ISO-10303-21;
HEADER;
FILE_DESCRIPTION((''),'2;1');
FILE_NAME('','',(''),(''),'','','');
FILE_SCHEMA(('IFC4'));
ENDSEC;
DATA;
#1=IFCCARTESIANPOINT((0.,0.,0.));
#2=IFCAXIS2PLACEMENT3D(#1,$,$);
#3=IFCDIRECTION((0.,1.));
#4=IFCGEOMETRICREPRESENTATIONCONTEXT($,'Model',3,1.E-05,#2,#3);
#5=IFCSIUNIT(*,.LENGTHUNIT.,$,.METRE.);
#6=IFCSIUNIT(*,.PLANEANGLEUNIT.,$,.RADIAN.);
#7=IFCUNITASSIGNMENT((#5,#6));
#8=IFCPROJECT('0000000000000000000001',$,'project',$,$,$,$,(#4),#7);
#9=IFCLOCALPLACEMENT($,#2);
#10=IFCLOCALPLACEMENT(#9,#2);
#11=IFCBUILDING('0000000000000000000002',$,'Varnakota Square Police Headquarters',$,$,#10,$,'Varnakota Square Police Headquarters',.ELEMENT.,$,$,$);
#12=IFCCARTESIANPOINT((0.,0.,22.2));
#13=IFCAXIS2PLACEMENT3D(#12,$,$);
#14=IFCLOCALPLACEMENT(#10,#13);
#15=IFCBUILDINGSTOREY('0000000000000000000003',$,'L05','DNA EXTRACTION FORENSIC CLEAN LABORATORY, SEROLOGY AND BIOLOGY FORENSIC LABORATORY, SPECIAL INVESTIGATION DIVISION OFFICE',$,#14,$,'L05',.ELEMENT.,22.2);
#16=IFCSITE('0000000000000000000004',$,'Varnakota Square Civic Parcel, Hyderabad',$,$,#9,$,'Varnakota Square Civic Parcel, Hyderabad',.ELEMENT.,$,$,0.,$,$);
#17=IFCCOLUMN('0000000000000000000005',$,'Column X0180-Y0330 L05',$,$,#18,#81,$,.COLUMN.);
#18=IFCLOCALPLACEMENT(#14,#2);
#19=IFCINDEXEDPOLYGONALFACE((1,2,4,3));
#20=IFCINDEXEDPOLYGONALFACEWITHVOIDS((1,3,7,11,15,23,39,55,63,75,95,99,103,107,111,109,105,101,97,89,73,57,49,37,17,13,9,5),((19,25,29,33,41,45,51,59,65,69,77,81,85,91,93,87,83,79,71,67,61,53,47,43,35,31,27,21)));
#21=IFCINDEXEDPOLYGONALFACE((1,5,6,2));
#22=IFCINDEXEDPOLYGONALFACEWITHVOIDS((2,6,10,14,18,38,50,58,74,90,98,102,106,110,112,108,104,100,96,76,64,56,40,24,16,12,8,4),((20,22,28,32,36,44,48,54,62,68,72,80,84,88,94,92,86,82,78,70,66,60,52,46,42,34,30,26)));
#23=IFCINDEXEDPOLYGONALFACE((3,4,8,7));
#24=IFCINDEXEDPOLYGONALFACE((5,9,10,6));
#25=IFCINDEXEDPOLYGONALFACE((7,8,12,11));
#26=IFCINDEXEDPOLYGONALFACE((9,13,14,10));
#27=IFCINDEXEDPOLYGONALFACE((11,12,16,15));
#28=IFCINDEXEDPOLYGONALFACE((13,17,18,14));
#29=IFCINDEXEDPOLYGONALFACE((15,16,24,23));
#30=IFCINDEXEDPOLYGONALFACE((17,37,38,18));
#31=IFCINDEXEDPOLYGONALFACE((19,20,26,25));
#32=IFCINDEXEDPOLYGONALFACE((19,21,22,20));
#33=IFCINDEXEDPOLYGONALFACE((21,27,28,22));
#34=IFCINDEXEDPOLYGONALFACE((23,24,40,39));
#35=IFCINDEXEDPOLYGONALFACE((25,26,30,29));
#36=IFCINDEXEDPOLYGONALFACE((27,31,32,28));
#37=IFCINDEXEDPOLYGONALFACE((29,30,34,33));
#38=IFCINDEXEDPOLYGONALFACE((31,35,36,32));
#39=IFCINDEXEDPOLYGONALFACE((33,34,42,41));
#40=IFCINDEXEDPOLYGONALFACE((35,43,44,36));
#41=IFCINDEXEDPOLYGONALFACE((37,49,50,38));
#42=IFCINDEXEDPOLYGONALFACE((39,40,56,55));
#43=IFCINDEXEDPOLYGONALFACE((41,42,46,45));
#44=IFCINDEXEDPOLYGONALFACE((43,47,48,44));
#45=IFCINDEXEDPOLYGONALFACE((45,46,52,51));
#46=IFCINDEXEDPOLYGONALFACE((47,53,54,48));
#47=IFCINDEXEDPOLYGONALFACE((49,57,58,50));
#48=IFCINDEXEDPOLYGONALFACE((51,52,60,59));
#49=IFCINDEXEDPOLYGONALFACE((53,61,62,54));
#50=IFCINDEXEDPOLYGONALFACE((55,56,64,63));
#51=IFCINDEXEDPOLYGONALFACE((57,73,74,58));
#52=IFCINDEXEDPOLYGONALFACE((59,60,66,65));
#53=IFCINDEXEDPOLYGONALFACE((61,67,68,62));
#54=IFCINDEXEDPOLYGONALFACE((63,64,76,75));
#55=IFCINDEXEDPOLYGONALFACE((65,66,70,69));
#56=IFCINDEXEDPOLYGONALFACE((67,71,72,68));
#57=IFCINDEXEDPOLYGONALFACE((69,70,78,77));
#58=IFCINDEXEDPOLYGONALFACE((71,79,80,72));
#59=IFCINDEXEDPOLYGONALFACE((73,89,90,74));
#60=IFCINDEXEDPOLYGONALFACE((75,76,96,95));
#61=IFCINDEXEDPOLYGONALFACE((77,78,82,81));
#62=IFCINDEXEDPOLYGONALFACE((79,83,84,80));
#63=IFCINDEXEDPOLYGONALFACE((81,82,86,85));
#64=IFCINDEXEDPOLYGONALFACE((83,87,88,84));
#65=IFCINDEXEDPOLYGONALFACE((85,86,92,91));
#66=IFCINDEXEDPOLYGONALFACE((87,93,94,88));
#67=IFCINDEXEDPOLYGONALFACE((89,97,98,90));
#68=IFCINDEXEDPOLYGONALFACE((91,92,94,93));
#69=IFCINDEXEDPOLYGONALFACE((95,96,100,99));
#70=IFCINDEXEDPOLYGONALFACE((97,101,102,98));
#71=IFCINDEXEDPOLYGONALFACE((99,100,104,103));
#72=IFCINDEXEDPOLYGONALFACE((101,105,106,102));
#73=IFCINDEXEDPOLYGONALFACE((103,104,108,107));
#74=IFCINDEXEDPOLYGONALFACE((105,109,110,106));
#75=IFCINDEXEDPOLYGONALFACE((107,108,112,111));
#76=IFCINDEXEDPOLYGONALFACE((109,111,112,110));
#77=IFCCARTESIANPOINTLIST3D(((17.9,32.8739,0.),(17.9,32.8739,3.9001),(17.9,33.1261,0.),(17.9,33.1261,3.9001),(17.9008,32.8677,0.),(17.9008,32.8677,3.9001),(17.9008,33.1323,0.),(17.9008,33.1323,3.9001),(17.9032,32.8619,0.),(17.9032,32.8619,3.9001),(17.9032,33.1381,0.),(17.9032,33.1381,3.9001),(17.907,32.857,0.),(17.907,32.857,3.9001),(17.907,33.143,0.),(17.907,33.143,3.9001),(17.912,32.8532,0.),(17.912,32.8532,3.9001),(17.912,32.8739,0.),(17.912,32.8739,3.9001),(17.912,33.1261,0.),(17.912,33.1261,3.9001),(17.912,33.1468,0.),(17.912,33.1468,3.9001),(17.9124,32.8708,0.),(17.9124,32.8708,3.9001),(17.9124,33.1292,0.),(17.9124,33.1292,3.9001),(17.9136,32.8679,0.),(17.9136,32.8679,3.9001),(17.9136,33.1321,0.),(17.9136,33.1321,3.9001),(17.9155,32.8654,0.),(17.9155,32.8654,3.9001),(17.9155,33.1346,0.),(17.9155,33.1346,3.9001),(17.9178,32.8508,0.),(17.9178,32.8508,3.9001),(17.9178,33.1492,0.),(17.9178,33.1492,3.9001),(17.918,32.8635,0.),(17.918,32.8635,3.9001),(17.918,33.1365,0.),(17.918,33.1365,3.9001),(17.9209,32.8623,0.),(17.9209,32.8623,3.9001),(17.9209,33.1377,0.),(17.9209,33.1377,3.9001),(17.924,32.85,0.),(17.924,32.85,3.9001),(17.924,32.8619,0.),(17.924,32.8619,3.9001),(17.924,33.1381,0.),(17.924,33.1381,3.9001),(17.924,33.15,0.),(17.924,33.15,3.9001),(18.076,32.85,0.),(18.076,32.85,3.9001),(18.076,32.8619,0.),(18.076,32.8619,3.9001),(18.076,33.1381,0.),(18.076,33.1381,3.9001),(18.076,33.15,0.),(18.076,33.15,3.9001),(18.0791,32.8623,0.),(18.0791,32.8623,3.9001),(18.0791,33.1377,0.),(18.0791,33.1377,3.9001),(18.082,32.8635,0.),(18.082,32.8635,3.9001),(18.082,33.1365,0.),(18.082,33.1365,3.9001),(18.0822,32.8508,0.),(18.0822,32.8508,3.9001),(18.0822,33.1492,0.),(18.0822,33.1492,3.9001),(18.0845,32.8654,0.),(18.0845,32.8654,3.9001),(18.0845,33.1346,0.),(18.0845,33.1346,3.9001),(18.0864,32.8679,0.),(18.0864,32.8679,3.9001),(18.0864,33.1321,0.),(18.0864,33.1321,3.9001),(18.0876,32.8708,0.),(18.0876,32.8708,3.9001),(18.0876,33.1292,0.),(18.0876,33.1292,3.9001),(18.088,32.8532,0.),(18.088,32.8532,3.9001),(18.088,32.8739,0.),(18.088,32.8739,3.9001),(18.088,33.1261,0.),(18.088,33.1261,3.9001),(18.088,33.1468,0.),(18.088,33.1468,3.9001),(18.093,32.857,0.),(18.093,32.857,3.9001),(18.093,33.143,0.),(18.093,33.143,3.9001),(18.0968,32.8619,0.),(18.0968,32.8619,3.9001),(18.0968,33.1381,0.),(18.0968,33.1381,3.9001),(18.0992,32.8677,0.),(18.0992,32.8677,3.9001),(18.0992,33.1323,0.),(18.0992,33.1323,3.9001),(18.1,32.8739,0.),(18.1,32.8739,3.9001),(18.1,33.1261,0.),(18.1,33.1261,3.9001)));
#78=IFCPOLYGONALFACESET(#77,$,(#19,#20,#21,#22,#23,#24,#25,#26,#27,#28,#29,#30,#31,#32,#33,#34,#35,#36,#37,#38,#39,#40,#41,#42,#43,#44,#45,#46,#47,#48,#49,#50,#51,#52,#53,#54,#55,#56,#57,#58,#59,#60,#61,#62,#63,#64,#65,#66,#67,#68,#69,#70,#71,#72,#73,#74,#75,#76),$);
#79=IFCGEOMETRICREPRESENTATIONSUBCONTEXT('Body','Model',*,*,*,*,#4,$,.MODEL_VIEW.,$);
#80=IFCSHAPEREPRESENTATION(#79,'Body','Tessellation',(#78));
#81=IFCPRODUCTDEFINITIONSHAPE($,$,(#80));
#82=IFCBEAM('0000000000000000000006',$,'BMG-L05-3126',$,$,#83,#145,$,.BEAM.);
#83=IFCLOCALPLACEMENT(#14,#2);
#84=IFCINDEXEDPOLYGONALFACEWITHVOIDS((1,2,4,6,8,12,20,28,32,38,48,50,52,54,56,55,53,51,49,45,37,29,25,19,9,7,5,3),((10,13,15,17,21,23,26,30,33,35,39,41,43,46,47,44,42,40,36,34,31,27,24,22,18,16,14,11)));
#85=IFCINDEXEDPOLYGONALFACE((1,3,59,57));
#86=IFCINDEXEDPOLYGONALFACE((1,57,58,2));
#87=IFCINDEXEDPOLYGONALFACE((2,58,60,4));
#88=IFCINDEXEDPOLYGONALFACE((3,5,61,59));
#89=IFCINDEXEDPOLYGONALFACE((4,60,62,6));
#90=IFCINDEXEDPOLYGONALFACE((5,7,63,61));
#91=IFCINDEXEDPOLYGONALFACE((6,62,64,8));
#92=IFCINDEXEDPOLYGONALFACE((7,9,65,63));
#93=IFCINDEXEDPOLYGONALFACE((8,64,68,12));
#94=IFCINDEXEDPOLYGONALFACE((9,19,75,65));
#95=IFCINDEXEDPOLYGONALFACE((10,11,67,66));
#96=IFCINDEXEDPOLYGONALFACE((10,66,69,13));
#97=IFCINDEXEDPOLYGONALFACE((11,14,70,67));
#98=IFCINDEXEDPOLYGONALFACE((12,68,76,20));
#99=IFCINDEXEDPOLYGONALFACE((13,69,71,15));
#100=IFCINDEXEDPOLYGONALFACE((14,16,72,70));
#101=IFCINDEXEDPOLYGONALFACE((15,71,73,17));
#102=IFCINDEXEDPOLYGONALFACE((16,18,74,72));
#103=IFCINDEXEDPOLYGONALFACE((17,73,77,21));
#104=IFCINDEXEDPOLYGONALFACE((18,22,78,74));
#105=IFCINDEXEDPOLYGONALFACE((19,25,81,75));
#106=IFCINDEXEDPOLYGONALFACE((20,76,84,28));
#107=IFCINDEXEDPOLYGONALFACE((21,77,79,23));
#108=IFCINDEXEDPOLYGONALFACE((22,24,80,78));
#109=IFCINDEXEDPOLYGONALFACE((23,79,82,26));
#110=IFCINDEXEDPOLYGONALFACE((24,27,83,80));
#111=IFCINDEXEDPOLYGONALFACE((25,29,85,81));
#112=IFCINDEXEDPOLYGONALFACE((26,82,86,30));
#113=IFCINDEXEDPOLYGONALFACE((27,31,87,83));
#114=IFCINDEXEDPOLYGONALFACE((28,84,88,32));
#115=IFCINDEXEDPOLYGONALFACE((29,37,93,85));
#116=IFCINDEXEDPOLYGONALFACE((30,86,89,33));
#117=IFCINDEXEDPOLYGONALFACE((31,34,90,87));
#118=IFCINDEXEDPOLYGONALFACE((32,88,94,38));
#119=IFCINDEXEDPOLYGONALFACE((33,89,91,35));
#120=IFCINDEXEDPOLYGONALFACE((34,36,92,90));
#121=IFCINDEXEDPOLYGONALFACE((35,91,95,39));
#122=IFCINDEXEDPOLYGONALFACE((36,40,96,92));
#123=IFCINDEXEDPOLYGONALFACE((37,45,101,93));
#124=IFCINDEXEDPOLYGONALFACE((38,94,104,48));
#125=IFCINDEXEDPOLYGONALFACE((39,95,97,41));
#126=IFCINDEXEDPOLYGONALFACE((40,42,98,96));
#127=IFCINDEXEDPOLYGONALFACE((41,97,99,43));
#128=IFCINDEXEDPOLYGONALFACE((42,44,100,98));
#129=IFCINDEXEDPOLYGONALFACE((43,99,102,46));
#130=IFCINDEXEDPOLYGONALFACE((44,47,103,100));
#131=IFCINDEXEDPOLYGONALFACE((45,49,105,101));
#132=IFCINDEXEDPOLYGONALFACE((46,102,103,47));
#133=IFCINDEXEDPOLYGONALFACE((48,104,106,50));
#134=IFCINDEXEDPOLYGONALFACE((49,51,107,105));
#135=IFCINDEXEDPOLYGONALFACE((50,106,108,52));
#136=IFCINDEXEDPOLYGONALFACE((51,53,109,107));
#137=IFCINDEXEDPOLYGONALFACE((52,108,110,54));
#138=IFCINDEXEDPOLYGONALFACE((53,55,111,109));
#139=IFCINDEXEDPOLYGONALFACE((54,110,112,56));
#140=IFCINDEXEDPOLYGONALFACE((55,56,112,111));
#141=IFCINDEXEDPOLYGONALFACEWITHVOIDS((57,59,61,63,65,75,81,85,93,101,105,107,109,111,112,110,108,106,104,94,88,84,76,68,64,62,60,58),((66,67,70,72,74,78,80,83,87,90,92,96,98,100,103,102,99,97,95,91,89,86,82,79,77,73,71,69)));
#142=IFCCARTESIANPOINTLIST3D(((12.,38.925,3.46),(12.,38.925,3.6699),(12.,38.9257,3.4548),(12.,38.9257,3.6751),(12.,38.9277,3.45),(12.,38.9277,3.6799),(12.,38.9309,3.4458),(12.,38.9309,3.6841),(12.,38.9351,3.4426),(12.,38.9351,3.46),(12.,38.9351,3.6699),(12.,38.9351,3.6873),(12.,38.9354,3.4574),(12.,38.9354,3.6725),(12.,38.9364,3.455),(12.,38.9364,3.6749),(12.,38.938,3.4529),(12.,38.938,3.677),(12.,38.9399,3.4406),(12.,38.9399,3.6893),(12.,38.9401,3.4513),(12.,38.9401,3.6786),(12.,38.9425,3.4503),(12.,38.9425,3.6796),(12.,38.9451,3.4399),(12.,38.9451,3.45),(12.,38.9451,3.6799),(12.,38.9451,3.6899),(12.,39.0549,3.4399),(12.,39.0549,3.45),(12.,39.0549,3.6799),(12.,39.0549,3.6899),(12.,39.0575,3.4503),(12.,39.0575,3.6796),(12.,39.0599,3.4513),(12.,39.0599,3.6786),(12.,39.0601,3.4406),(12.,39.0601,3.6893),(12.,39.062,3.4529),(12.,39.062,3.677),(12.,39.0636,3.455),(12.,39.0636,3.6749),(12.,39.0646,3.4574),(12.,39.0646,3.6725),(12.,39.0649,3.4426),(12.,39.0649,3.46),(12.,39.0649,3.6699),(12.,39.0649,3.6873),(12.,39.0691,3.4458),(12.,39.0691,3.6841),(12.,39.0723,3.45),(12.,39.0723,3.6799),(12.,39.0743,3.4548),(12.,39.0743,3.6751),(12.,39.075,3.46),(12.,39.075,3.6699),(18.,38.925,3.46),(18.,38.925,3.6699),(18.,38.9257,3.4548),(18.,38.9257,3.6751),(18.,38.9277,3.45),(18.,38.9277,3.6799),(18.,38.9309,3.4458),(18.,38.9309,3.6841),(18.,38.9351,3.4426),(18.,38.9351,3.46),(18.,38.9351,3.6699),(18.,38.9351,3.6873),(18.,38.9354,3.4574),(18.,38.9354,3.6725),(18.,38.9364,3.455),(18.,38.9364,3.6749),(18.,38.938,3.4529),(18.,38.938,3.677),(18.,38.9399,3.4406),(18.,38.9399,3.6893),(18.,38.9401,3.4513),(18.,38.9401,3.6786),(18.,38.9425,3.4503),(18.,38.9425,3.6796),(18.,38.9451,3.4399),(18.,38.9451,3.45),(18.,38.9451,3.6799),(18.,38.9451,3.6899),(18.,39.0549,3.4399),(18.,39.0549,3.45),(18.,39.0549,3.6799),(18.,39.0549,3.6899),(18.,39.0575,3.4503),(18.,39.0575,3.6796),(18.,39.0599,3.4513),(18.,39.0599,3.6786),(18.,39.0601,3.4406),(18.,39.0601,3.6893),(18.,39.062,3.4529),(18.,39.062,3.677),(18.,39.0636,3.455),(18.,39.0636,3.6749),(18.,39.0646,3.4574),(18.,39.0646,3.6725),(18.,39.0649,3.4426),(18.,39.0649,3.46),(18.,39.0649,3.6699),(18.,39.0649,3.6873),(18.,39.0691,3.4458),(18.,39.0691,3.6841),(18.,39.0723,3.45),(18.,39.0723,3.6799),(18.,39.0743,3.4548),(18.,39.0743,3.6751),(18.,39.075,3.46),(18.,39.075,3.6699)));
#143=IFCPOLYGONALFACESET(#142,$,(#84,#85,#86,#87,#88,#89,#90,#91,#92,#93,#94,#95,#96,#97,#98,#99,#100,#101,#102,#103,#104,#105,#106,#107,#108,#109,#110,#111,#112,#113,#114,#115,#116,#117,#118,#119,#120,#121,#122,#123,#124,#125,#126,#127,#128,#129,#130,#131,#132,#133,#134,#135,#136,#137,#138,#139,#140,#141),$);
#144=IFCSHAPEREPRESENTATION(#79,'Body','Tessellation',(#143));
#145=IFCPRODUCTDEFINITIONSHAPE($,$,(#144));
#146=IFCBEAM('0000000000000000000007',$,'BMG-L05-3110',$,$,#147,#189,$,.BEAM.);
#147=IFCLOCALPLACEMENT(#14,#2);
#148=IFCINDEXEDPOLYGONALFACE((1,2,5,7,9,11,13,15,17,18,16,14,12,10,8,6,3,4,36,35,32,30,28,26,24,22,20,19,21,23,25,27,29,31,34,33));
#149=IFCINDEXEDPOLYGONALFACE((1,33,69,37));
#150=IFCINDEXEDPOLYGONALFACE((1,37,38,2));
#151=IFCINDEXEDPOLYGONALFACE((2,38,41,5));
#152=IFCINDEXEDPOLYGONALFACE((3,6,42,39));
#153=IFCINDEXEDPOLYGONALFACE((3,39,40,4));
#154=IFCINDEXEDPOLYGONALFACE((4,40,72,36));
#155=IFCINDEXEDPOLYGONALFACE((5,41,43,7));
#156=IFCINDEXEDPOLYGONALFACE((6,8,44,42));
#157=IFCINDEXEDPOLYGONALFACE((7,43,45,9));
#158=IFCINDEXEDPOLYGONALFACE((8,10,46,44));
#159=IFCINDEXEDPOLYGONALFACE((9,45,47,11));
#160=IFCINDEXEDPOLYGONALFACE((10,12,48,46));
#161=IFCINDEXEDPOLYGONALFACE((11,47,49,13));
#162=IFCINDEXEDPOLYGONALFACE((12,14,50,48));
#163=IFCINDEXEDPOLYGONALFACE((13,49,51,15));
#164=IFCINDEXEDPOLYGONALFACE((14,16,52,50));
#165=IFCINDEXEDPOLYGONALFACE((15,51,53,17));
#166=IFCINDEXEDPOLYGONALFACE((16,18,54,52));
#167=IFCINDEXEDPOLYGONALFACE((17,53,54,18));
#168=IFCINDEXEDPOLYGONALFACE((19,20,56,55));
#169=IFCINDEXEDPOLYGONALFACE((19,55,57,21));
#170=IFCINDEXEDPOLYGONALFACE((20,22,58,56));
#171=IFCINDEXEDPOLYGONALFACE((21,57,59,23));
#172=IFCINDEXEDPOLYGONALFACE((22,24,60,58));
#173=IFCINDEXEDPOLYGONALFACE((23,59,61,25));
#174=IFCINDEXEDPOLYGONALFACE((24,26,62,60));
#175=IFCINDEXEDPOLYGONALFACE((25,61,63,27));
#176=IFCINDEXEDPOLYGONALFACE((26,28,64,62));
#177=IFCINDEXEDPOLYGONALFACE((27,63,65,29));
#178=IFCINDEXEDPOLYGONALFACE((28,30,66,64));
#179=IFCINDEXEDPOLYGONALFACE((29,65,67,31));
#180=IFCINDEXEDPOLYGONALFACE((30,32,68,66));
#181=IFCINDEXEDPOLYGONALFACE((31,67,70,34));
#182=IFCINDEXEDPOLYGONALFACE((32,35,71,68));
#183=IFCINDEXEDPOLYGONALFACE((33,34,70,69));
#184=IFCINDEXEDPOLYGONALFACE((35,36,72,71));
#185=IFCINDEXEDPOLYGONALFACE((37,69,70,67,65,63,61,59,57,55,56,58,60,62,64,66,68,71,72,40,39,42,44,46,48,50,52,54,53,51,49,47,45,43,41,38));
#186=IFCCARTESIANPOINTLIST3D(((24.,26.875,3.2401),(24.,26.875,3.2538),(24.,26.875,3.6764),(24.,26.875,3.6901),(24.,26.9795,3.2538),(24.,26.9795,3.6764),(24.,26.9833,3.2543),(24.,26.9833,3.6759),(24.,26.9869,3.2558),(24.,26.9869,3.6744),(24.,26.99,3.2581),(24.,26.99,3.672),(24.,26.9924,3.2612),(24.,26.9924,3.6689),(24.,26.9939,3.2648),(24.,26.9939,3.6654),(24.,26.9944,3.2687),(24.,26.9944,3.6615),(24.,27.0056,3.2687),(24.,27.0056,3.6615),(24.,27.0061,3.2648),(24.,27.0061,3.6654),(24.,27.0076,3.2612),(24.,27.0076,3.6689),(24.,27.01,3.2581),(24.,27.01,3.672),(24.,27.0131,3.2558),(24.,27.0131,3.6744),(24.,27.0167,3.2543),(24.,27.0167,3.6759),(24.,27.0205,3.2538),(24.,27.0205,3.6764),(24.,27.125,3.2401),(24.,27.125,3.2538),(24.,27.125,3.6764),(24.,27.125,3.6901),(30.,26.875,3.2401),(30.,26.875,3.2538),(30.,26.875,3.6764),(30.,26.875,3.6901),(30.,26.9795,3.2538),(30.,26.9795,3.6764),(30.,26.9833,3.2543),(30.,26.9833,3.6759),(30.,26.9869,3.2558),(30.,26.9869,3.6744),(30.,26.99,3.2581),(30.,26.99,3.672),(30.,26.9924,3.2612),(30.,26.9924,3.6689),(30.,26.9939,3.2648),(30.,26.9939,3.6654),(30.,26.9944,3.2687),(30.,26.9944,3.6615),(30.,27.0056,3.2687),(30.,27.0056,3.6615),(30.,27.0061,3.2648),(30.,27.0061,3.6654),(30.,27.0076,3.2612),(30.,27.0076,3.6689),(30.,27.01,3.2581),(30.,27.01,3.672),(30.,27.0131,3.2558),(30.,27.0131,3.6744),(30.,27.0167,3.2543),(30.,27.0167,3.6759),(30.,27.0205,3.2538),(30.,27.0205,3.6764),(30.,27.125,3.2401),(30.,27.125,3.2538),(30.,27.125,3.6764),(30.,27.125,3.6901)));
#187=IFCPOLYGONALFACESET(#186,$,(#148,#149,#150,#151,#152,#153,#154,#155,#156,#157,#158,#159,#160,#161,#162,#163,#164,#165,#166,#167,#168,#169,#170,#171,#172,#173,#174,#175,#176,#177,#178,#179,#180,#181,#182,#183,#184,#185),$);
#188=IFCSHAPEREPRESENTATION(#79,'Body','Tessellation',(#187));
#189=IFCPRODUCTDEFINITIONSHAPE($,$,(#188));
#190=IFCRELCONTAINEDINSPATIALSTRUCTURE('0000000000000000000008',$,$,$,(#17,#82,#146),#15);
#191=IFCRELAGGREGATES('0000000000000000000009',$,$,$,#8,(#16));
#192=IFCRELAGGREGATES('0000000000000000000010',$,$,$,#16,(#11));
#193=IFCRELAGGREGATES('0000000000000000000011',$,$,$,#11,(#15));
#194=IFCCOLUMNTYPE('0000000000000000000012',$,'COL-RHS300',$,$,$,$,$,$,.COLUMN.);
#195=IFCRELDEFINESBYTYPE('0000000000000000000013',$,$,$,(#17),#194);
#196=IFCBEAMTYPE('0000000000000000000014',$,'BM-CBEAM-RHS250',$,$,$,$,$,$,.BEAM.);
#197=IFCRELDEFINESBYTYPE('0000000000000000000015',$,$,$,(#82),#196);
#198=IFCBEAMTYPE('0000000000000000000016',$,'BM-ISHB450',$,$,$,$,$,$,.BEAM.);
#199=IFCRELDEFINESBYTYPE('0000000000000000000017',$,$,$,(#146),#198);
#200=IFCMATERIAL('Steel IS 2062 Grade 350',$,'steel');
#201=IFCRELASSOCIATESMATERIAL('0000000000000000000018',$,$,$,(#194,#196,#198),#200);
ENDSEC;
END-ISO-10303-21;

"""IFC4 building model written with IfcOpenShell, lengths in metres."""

from ifc_helpers import new_model, si_unit, direction, frame, origin, origin_2d, place, context, subcontext, project, spatial, hollow_rectangle, i_section, extrude, material, material_profile, profile_set, type_object, element, save


model = new_model("IFC4")

# Units and contexts
model_context = context("Model", 3, precision=1e-05, world=origin(), true_north=direction((0.0, 1.0)))
body_context = subcontext(model_context, "Body", "Model", "MODEL_VIEW")
ifc_project = project(units=[si_unit("LENGTHUNIT", "METRE"), si_unit("PLANEANGLEUNIT", "RADIAN")], contexts=[model_context])

# Site, building, storey
site_placement = place(None, origin())
site = spatial("IfcSite", under=ifc_project, at=site_placement, Name="Varnakota Square Civic Parcel, Hyderabad", LongName="Varnakota Square Civic Parcel, Hyderabad", CompositionType="ELEMENT", RefElevation=0.0)
building_placement = place(site_placement, origin())
building = spatial("IfcBuilding", under=site, at=building_placement, Name="Varnakota Square Police Headquarters", LongName="Varnakota Square Police Headquarters", CompositionType="ELEMENT")
storey_placement = place(building_placement, frame((0.0, 0.0, 22.2)))
storey = spatial("IfcBuildingStorey", under=building, at=storey_placement, Name="L05", Description="DNA EXTRACTION FORENSIC CLEAN LABORATORY, SEROLOGY AND BIOLOGY FORENSIC LABORATORY, SPECIAL INVESTIGATION DIVISION OFFICE", LongName="L05", CompositionType="ELEMENT", Elevation=22.2)

# Column
ifc_material_1 = material(Name="Steel IS 2062 Grade 350", Category="steel")
ifc_material_profile_1 = material_profile(ifc_material_1, hollow_rectangle(XDim=0.2, YDim=0.3, WallThickness=0.012, InnerFilletRadius=0.012, OuterFilletRadius=0.0239, at=origin_2d()), Name="RHS 300x200x12")
ifc_profile_set_1 = profile_set([ifc_material_profile_1], Name="Steel IS 2062 Grade 350")
column_type_1 = type_object("IfcColumnType", Name="COL-RHS300", PredefinedType="COLUMN", material=ifc_profile_set_1)
for number, where, z_axis, x_axis, name in (
    (1, (18.0, 33.0, 0.0), (0.0, 0.0, 1.0), (1.0, 0.0, 0.0), "Column X0180-Y0330 L05"),
):
    element("IfcColumn", number, at=place(storey_placement, frame(where, z_axis=z_axis, x_axis=x_axis)), inside=storey, type_object=column_type_1, Name=name, PredefinedType="COLUMN", context=body_context, shape_type="SweptSolid", body=[
        extrude(hollow_rectangle(XDim=0.2, YDim=0.3, WallThickness=0.012, InnerFilletRadius=0.012, OuterFilletRadius=0.0239, at=origin_2d()), origin(), (0.0, 0.0, 1.0), 3.9001),
    ])

# Beams
ifc_material_profile_2 = material_profile(ifc_material_1, hollow_rectangle(XDim=0.1499, YDim=0.25, WallThickness=0.01, InnerFilletRadius=0.01, OuterFilletRadius=0.02, at=origin_2d()), Name="RHS 250x150x10")
ifc_profile_set_2 = profile_set([ifc_material_profile_2], Name="Steel IS 2062 Grade 350")
beam_type_1 = type_object("IfcBeamType", Name="BM-CBEAM-RHS250", PredefinedType="BEAM", material=ifc_profile_set_2)
beam_1_placement = place(storey_placement, frame((12.0, 39.0, 3.5649), z_axis=(1.0, 0.0, 0.0), x_axis=(0.0, 1.0, 0.0)))
element("IfcBeam", 2, at=beam_1_placement, inside=storey, type_object=beam_type_1, Name="BMG-L05-3126", PredefinedType="BEAM", context=body_context, shape_type="SweptSolid", body=[
    extrude(hollow_rectangle(XDim=0.1499, YDim=0.25, WallThickness=0.01, InnerFilletRadius=0.01, OuterFilletRadius=0.02, at=origin_2d()), origin(), (0.0, 0.0, 1.0), 6.0),
])
ifc_material_profile_3 = material_profile(ifc_material_1, i_section(OverallWidth=0.25, OverallDepth=0.45, WebThickness=0.0112, FlangeThickness=0.0137, FilletRadius=0.0149, at=origin_2d()), Name="ISHB 450")
ifc_profile_set_3 = profile_set([ifc_material_profile_3], Name="Steel IS 2062 Grade 350")
beam_type_2 = type_object("IfcBeamType", Name="BM-ISHB450", PredefinedType="BEAM", material=ifc_profile_set_3)
beam_2_placement = place(storey_placement, frame((24.0, 27.0, 3.4651), z_axis=(1.0, 0.0, 0.0), x_axis=(0.0, 1.0, 0.0)))
element("IfcBeam", 3, at=beam_2_placement, inside=storey, type_object=beam_type_2, Name="BMG-L05-3110", PredefinedType="BEAM", context=body_context, shape_type="SweptSolid", body=[
    extrude(i_section(OverallWidth=0.25, OverallDepth=0.45, WebThickness=0.0112, FlangeThickness=0.0137, FilletRadius=0.0149, at=origin_2d()), origin(), (0.0, 0.0, 1.0), 6.0),
])

save(model, "model.ifc")
